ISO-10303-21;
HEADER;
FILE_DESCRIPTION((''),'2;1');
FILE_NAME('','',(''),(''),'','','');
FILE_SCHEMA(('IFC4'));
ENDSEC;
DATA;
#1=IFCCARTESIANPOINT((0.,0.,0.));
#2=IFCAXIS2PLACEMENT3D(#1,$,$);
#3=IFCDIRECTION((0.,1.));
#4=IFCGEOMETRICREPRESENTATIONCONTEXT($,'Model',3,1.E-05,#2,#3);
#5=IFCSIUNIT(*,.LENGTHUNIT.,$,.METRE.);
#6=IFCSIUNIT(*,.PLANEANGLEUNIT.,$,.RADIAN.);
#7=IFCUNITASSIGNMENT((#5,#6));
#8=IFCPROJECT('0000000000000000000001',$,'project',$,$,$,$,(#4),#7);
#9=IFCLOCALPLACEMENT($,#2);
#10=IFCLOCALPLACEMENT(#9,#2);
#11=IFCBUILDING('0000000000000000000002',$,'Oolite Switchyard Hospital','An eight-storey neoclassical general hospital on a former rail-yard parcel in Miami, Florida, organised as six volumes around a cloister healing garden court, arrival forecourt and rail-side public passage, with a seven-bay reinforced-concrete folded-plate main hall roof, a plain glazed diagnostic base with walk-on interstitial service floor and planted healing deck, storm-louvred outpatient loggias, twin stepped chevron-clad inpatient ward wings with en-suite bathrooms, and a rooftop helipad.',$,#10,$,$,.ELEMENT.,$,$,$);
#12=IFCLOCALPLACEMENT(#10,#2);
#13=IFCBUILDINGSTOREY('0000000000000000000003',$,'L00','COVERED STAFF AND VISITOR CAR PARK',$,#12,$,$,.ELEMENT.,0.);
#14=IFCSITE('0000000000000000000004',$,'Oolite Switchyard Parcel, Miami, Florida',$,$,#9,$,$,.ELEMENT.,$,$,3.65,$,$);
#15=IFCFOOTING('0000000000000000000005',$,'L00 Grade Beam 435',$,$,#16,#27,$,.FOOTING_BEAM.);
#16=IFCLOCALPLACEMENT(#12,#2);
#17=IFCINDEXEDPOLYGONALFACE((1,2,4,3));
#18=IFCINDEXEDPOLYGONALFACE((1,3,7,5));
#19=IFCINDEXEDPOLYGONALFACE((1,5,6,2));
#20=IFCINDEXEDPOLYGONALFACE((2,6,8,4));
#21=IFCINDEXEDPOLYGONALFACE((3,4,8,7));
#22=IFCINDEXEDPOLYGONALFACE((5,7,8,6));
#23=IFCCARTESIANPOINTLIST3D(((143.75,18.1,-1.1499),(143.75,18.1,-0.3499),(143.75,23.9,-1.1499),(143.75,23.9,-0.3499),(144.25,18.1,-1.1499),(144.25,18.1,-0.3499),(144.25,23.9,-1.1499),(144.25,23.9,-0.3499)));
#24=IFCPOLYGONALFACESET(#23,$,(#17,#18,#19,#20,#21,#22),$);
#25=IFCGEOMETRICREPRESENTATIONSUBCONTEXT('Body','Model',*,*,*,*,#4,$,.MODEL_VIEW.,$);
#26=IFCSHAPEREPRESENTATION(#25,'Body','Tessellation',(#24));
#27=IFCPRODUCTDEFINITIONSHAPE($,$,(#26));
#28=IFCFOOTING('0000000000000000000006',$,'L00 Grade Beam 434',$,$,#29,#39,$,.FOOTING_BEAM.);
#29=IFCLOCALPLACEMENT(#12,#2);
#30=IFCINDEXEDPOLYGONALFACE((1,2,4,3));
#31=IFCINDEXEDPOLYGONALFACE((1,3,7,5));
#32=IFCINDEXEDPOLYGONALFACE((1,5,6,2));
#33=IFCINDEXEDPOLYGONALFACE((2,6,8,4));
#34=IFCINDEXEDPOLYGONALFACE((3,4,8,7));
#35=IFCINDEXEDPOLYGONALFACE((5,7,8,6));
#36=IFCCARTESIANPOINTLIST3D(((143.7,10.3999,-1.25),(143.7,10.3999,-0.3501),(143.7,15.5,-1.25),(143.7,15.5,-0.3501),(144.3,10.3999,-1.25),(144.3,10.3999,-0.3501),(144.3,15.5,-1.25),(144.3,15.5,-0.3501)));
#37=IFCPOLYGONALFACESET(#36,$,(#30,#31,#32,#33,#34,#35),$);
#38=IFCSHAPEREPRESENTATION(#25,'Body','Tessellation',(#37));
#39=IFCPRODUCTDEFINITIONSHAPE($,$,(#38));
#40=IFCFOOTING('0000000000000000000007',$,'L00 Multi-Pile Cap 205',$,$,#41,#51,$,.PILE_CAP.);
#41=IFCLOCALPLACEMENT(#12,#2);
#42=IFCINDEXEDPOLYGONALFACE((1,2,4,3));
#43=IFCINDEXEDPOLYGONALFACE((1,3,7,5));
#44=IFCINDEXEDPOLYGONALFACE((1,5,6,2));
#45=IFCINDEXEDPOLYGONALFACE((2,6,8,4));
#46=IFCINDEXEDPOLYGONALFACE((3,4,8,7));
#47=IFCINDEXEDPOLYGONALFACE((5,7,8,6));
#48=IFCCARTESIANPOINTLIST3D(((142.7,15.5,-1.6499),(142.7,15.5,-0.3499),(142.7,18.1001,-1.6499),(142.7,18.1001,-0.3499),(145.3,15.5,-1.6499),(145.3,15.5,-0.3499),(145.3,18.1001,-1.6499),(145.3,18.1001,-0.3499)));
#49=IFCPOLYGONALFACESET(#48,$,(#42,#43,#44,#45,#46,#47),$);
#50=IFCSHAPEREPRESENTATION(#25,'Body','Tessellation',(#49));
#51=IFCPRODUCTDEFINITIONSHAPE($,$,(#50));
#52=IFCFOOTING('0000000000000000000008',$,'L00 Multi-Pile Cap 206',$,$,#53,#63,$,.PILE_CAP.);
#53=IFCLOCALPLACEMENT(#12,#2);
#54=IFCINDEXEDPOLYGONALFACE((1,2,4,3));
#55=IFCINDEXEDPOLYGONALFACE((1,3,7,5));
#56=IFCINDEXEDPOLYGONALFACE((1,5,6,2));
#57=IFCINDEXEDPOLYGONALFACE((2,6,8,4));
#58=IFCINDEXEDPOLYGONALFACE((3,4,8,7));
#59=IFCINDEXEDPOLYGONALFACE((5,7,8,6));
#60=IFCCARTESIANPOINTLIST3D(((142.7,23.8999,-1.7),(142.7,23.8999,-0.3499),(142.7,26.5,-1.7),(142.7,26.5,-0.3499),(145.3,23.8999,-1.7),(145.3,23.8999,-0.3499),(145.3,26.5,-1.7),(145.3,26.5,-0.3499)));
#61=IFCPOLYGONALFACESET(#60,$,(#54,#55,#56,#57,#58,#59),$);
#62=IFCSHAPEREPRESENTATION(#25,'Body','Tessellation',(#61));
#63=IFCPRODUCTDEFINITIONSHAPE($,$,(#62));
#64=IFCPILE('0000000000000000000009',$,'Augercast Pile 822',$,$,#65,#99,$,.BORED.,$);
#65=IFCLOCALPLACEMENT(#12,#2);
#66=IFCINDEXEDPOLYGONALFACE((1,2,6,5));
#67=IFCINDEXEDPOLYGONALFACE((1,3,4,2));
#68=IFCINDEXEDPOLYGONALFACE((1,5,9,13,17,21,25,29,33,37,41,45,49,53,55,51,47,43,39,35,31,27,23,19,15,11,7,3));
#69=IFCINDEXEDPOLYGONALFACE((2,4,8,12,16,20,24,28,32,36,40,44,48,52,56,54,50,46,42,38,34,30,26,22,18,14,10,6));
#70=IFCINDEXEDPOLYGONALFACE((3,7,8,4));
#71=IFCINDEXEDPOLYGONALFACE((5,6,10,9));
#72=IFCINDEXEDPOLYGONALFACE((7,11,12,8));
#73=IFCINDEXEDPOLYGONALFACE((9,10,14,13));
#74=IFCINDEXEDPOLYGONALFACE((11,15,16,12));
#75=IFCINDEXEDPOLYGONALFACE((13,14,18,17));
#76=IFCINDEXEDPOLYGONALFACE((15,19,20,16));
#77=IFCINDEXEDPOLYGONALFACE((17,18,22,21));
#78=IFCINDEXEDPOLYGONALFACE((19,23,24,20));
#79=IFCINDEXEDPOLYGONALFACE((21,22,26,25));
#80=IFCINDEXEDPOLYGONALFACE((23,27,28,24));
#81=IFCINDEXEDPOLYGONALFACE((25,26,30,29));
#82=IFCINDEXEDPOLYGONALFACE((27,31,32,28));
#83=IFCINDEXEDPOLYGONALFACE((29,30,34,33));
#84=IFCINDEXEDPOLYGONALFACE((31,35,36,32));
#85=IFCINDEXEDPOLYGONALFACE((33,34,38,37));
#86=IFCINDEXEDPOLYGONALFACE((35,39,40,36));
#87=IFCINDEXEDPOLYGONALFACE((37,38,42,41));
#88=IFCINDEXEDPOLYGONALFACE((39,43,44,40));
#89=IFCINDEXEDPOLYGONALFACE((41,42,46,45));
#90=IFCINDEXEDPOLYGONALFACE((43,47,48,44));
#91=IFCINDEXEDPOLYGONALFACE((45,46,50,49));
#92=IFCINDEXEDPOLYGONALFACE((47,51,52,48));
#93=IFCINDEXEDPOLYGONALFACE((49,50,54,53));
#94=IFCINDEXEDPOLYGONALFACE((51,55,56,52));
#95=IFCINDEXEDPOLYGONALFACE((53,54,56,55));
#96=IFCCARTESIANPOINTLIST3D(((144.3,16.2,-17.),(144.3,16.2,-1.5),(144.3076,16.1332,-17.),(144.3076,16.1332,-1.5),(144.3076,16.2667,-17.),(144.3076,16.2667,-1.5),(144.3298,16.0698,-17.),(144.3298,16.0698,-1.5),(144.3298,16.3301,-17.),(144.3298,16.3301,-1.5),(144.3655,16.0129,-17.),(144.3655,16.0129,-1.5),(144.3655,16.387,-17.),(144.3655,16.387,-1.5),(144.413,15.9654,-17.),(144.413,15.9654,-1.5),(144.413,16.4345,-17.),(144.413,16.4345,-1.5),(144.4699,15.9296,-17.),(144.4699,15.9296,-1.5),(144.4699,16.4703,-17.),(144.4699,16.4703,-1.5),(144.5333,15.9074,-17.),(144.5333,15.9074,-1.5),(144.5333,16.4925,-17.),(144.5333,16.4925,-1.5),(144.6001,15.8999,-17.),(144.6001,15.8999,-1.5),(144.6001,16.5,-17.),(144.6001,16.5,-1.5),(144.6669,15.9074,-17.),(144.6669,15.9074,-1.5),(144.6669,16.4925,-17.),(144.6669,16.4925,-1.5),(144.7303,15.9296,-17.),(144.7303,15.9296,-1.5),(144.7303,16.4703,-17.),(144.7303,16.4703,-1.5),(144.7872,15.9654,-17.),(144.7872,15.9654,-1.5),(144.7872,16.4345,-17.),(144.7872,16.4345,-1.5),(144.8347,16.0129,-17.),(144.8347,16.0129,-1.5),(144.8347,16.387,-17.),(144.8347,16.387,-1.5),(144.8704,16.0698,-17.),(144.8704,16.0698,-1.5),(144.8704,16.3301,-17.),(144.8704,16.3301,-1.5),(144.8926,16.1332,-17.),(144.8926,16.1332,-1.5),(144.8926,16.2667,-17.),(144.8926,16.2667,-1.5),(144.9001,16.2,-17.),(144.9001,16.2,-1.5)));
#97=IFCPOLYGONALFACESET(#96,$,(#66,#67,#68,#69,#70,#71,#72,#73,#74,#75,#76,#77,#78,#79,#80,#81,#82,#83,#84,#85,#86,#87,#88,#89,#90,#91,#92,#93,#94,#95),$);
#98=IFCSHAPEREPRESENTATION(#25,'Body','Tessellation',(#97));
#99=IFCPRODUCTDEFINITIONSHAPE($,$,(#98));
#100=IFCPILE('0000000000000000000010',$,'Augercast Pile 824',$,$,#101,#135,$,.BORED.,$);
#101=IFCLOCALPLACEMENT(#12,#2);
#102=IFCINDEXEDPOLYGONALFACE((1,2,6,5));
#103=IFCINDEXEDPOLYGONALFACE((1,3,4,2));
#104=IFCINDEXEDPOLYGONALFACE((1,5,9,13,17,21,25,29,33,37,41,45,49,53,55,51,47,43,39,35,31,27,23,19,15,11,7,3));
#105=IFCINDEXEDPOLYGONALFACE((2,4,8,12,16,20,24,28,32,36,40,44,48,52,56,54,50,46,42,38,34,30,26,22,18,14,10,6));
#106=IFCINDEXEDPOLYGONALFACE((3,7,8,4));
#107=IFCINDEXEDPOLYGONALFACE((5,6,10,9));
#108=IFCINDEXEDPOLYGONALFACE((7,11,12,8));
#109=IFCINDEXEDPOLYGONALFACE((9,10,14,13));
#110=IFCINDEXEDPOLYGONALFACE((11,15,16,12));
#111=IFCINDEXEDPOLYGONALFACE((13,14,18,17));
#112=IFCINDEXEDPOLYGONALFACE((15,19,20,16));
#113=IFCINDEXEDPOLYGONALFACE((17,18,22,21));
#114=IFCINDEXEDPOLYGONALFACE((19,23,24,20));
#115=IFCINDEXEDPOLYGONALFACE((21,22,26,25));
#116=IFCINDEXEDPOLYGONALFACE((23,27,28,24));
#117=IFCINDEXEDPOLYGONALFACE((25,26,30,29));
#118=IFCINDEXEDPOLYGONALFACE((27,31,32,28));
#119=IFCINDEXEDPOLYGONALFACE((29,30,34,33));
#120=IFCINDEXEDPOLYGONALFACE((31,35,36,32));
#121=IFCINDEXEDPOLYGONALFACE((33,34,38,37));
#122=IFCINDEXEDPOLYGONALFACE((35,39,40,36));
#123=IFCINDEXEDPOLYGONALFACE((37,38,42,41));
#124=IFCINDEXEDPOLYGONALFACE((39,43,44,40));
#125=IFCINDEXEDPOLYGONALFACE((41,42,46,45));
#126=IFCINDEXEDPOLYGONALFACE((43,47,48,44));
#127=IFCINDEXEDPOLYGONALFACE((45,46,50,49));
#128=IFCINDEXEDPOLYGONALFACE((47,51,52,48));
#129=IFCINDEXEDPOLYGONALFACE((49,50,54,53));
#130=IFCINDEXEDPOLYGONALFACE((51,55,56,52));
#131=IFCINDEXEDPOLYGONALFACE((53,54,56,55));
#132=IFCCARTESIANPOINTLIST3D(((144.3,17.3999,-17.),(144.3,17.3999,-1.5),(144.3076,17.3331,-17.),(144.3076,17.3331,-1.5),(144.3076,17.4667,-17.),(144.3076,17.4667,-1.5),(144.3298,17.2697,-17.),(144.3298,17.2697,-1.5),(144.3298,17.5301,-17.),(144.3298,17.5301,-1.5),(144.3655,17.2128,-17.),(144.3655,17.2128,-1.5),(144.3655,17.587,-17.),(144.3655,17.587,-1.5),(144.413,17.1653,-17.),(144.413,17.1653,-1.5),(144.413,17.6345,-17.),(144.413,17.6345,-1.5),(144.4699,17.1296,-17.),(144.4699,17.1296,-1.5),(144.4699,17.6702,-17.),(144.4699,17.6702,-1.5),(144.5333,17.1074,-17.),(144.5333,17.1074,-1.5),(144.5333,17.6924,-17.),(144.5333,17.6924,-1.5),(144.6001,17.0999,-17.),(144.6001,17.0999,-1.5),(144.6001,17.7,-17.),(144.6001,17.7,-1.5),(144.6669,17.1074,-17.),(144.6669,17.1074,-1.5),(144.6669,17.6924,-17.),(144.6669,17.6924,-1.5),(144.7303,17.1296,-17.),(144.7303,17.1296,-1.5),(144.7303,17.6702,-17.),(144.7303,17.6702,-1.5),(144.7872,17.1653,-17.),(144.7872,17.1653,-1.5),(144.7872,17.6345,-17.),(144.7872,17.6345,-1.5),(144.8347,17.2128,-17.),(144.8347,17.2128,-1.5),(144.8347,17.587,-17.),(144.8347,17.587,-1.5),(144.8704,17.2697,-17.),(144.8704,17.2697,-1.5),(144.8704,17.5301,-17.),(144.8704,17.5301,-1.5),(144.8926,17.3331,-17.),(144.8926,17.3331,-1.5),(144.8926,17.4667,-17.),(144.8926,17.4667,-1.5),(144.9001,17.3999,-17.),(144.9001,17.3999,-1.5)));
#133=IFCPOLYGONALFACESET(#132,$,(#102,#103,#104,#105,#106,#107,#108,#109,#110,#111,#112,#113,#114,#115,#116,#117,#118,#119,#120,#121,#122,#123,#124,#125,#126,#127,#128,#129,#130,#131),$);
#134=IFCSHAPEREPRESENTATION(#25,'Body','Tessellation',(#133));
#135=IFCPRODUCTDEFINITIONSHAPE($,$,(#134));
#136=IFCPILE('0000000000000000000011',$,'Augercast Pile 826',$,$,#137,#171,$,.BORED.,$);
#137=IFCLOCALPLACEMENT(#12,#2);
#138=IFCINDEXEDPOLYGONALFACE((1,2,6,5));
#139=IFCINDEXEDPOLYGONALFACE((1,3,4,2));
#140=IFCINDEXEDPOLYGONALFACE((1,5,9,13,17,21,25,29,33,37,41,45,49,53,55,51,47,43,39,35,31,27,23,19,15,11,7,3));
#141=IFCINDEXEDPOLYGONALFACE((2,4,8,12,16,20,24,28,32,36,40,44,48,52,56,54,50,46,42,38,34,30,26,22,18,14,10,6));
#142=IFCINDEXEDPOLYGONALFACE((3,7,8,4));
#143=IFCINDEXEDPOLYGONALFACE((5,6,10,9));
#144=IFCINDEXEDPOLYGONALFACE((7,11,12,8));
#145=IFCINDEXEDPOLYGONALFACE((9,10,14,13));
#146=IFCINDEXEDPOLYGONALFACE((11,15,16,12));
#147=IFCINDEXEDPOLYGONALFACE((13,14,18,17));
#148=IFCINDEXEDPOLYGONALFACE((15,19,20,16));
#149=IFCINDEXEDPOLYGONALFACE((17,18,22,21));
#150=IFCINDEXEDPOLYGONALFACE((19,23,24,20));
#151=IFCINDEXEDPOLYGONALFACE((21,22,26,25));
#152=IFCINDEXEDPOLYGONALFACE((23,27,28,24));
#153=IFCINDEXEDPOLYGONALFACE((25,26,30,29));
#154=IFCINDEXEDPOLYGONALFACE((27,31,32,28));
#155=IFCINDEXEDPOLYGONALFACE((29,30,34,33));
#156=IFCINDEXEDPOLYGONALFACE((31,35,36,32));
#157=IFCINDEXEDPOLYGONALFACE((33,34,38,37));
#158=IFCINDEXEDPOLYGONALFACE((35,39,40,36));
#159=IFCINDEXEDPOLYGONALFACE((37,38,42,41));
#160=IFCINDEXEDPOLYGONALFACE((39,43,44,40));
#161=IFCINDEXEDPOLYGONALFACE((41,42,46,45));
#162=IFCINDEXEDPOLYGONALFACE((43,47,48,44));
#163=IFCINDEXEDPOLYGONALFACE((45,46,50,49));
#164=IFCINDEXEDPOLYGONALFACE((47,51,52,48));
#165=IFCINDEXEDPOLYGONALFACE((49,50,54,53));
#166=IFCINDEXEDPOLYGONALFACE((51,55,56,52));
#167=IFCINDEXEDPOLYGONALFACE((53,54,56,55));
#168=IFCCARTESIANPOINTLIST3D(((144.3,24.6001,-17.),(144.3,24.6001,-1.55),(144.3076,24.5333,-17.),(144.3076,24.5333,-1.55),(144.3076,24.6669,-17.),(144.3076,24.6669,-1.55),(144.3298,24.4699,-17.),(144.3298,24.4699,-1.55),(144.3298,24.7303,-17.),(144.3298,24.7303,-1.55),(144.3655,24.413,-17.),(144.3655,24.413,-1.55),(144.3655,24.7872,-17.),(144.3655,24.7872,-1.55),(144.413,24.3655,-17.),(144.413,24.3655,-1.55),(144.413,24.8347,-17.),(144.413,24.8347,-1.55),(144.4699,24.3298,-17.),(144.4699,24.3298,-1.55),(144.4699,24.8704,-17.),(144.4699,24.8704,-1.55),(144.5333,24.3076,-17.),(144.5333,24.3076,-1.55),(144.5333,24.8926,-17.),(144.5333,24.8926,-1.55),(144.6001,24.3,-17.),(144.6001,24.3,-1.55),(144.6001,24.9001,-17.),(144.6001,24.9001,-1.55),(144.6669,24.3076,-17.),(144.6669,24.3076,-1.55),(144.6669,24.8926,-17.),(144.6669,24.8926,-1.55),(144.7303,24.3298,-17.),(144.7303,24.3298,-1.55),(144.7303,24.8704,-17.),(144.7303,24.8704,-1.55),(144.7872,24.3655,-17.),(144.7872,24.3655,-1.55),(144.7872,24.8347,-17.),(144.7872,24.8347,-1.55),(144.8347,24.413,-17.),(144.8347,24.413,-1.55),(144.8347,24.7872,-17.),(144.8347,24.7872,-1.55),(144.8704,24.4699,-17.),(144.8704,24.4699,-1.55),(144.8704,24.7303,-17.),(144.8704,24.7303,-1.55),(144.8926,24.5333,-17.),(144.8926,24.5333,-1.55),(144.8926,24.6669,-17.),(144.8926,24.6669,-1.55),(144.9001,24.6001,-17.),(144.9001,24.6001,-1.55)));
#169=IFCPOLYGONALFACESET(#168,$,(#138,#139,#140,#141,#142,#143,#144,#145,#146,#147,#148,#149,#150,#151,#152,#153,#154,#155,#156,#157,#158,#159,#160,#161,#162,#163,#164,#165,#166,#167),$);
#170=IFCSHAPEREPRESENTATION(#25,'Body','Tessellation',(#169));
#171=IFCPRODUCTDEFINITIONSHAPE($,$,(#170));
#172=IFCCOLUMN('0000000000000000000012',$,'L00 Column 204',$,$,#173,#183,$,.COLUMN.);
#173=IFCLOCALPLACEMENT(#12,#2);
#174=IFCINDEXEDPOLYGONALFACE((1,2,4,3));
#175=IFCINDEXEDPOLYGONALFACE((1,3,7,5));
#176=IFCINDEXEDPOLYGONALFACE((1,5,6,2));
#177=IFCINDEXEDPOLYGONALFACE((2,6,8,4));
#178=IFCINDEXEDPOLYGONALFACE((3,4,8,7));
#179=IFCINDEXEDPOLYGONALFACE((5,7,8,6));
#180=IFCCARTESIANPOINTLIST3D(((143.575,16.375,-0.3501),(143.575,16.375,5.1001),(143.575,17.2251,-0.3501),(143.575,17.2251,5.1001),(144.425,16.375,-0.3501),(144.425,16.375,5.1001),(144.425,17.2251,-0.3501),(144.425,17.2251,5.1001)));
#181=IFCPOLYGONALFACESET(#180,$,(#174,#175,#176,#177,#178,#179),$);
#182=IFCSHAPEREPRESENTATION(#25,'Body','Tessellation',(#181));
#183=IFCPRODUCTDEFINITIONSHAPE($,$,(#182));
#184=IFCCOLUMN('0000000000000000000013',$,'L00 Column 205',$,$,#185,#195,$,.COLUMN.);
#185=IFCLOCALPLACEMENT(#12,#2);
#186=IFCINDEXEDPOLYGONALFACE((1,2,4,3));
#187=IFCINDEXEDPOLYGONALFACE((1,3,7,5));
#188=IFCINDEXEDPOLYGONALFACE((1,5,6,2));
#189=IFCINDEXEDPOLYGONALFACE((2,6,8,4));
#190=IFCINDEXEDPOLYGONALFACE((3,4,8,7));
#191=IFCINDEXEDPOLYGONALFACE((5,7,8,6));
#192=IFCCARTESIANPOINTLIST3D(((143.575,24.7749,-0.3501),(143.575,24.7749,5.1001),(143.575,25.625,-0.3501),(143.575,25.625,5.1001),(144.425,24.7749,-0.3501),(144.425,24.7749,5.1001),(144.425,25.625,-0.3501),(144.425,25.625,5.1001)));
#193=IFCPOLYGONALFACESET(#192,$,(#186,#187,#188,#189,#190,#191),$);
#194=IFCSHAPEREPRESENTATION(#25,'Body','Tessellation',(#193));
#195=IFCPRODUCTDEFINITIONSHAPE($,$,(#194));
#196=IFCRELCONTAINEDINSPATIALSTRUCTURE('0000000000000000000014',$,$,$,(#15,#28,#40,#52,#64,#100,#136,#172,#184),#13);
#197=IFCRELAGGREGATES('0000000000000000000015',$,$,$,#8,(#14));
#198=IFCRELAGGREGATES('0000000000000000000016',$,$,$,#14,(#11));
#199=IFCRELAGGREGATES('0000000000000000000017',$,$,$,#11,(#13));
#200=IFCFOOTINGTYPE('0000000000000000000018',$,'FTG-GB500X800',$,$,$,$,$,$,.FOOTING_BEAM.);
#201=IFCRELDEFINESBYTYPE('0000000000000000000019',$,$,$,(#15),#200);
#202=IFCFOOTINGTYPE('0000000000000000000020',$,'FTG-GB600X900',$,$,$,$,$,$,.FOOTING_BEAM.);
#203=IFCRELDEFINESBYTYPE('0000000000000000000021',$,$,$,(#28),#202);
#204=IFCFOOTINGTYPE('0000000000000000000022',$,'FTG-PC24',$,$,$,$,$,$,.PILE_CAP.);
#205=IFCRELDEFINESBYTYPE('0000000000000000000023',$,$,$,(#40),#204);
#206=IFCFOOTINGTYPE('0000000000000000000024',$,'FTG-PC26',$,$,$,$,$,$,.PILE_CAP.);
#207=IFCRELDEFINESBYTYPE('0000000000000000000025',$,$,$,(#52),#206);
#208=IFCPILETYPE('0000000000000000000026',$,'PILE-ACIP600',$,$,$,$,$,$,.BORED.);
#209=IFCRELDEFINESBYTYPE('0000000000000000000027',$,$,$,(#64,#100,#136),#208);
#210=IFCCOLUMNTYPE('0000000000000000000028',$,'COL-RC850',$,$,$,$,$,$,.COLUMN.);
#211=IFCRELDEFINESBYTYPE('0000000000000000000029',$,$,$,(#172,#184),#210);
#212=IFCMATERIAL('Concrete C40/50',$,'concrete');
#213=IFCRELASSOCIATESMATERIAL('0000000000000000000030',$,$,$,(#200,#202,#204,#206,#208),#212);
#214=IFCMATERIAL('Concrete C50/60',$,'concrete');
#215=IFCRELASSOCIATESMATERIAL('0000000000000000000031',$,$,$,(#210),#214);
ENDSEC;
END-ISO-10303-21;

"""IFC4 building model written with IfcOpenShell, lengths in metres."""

from ifc_helpers import new_model, si_unit, direction, frame, origin, origin_2d, place, context, subcontext, project, spatial, rectangle, circle, extrude, material, material_profile, profile_set, type_object, element, save


model = new_model("IFC4")

# Units and contexts
model_context = context("Model", 3, precision=1e-05, world=origin(), true_north=direction((0.0, 1.0)))
body_context = subcontext(model_context, "Body", "Model", "MODEL_VIEW")
ifc_project = project(units=[si_unit("LENGTHUNIT", "METRE"), si_unit("PLANEANGLEUNIT", "RADIAN")], contexts=[model_context])

# Site, building, storey
site_placement = place(None, origin())
site = spatial("IfcSite", under=ifc_project, at=site_placement, Name="Oolite Switchyard Parcel, Miami, Florida", CompositionType="ELEMENT", RefElevation=3.65)
building_placement = place(site_placement, origin())
building = spatial("IfcBuilding", under=site, at=building_placement, Name="Oolite Switchyard Hospital", Description="An eight-storey neoclassical general hospital on a former rail-yard parcel in Miami, Florida, organised as six volumes around a cloister healing garden court, arrival forecourt and rail-side public passage, with a seven-bay reinforced-concrete folded-plate main hall roof, a plain glazed diagnostic base with walk-on interstitial service floor and planted healing deck, storm-louvred outpatient loggias, twin stepped chevron-clad inpatient ward wings with en-suite bathrooms, and a rooftop helipad.", CompositionType="ELEMENT")
storey_placement = place(building_placement, origin())
storey = spatial("IfcBuildingStorey", under=building, at=storey_placement, Name="L00", Description="COVERED STAFF AND VISITOR CAR PARK", CompositionType="ELEMENT", Elevation=0.0)

# Footings
ifc_material_1 = material(Name="Concrete C40/50", Category="concrete")
footing_type_1 = type_object("IfcFootingType", Name="FTG-GB500X800", PredefinedType="FOOTING_BEAM", material=ifc_material_1)
footing_1_placement = place(storey_placement, frame((144.0, 21.0, -1.1499), z_axis=(0.0, 0.0, 1.0), x_axis=(0.0, 1.0, 0.0)))
element("IfcFooting", 1, at=footing_1_placement, inside=storey, type_object=footing_type_1, Name="L00 Grade Beam 435", PredefinedType="FOOTING_BEAM", context=body_context, shape_type="SweptSolid", body=[
    extrude(rectangle(XDim=5.8, YDim=0.5, at=origin_2d()), origin(), (0.0, 0.0, 1.0), 0.8),
])
footing_type_2 = type_object("IfcFootingType", Name="FTG-GB600X900", PredefinedType="FOOTING_BEAM", material=ifc_material_1)
footing_2_placement = place(storey_placement, frame((144.0, 12.95, -1.25), z_axis=(0.0, 0.0, 1.0), x_axis=(0.0, 1.0, 0.0)))
element("IfcFooting", 2, at=footing_2_placement, inside=storey, type_object=footing_type_2, Name="L00 Grade Beam 434", PredefinedType="FOOTING_BEAM", context=body_context, shape_type="SweptSolid", body=[
    extrude(rectangle(XDim=5.1001, YDim=0.6001, at=origin_2d()), origin(), (0.0, 0.0, 1.0), 0.8999),
])
footing_type_3 = type_object("IfcFootingType", Name="FTG-PC24", PredefinedType="PILE_CAP", material=ifc_material_1)
footing_3_placement = place(storey_placement, frame((144.0, 16.8, -1.6499), z_axis=(0.0, 0.0, 1.0), x_axis=(1.0, 0.0, 0.0)))
element("IfcFooting", 3, at=footing_3_placement, inside=storey, type_object=footing_type_3, Name="L00 Multi-Pile Cap 205", PredefinedType="PILE_CAP", context=body_context, shape_type="SweptSolid", body=[
    extrude(rectangle(XDim=2.6001, YDim=2.6001, at=origin_2d()), origin(), (0.0, 0.0, 1.0), 1.3),
])
footing_type_4 = type_object("IfcFootingType", Name="FTG-PC26", PredefinedType="PILE_CAP", material=ifc_material_1)
footing_4_placement = place(storey_placement, frame((144.0, 25.2, -1.7), z_axis=(0.0, 0.0, 1.0), x_axis=(1.0, 0.0, 0.0)))
element("IfcFooting", 4, at=footing_4_placement, inside=storey, type_object=footing_type_4, Name="L00 Multi-Pile Cap 206", PredefinedType="PILE_CAP", context=body_context, shape_type="SweptSolid", body=[
    extrude(rectangle(XDim=2.6001, YDim=2.6001, at=origin_2d()), origin(), (0.0, 0.0, 1.0), 1.3501),
])

# Piles
ifc_material_profile_1 = material_profile(ifc_material_1, circle(Radius=0.3, at=origin_2d()), Name="PILE600")
ifc_profile_set_1 = profile_set([ifc_material_profile_1], Name="Concrete C40/50")
pile_type = type_object("IfcPileType", Name="PILE-ACIP600", PredefinedType="BORED", material=ifc_profile_set_1)
for number, where, z_axis, x_axis, name in (
    (5, (144.6001, 16.2, -1.5), (0.0, 0.0, -1.0), (1.0, 0.0, 0.0), "Augercast Pile 822"),
    (6, (144.6001, 17.3999, -1.5), (0.0, 0.0, -1.0), (1.0, 0.0, 0.0), "Augercast Pile 824"),
):
    element("IfcPile", number, at=place(storey_placement, frame(where, z_axis=z_axis, x_axis=x_axis)), inside=storey, type_object=pile_type, Name=name, PredefinedType="BORED", context=body_context, shape_type="SweptSolid", body=[
        extrude(circle(Radius=0.3, at=origin_2d()), origin(), (0.0, 0.0, 1.0), 15.5),
    ])
pile_placement = place(storey_placement, frame((144.6001, 24.6001, -1.55), z_axis=(0.0, 0.0, -1.0), x_axis=(1.0, 0.0, 0.0)))
element("IfcPile", 7, at=pile_placement, inside=storey, type_object=pile_type, Name="Augercast Pile 826", PredefinedType="BORED", context=body_context, shape_type="SweptSolid", body=[
    extrude(circle(Radius=0.3, at=origin_2d()), origin(), (0.0, 0.0, 1.0), 15.45),
])

# Columns
ifc_material_2 = material(Name="Concrete C50/60", Category="concrete")
ifc_material_profile_2 = material_profile(ifc_material_2, rectangle(XDim=0.8501, YDim=0.8501, at=origin_2d()), Name="RC850X850")
ifc_profile_set_2 = profile_set([ifc_material_profile_2], Name="Concrete C50/60")
column_type = type_object("IfcColumnType", Name="COL-RC850", PredefinedType="COLUMN", material=ifc_profile_set_2)
for number, where, z_axis, x_axis, name in (
    (8, (144.0, 16.8, -0.3501), (0.0, 0.0, 1.0), (1.0, 0.0, 0.0), "L00 Column 204"),
    (9, (144.0, 25.2, -0.3501), (0.0, 0.0, 1.0), (1.0, 0.0, 0.0), "L00 Column 205"),
):
    element("IfcColumn", number, at=place(storey_placement, frame(where, z_axis=z_axis, x_axis=x_axis)), inside=storey, type_object=column_type, Name=name, PredefinedType="COLUMN", context=body_context, shape_type="SweptSolid", body=[
        extrude(rectangle(XDim=0.8501, YDim=0.8501, at=origin_2d()), origin(), (0.0, 0.0, 1.0), 5.4502),
    ])

save(model, "model.ifc")
